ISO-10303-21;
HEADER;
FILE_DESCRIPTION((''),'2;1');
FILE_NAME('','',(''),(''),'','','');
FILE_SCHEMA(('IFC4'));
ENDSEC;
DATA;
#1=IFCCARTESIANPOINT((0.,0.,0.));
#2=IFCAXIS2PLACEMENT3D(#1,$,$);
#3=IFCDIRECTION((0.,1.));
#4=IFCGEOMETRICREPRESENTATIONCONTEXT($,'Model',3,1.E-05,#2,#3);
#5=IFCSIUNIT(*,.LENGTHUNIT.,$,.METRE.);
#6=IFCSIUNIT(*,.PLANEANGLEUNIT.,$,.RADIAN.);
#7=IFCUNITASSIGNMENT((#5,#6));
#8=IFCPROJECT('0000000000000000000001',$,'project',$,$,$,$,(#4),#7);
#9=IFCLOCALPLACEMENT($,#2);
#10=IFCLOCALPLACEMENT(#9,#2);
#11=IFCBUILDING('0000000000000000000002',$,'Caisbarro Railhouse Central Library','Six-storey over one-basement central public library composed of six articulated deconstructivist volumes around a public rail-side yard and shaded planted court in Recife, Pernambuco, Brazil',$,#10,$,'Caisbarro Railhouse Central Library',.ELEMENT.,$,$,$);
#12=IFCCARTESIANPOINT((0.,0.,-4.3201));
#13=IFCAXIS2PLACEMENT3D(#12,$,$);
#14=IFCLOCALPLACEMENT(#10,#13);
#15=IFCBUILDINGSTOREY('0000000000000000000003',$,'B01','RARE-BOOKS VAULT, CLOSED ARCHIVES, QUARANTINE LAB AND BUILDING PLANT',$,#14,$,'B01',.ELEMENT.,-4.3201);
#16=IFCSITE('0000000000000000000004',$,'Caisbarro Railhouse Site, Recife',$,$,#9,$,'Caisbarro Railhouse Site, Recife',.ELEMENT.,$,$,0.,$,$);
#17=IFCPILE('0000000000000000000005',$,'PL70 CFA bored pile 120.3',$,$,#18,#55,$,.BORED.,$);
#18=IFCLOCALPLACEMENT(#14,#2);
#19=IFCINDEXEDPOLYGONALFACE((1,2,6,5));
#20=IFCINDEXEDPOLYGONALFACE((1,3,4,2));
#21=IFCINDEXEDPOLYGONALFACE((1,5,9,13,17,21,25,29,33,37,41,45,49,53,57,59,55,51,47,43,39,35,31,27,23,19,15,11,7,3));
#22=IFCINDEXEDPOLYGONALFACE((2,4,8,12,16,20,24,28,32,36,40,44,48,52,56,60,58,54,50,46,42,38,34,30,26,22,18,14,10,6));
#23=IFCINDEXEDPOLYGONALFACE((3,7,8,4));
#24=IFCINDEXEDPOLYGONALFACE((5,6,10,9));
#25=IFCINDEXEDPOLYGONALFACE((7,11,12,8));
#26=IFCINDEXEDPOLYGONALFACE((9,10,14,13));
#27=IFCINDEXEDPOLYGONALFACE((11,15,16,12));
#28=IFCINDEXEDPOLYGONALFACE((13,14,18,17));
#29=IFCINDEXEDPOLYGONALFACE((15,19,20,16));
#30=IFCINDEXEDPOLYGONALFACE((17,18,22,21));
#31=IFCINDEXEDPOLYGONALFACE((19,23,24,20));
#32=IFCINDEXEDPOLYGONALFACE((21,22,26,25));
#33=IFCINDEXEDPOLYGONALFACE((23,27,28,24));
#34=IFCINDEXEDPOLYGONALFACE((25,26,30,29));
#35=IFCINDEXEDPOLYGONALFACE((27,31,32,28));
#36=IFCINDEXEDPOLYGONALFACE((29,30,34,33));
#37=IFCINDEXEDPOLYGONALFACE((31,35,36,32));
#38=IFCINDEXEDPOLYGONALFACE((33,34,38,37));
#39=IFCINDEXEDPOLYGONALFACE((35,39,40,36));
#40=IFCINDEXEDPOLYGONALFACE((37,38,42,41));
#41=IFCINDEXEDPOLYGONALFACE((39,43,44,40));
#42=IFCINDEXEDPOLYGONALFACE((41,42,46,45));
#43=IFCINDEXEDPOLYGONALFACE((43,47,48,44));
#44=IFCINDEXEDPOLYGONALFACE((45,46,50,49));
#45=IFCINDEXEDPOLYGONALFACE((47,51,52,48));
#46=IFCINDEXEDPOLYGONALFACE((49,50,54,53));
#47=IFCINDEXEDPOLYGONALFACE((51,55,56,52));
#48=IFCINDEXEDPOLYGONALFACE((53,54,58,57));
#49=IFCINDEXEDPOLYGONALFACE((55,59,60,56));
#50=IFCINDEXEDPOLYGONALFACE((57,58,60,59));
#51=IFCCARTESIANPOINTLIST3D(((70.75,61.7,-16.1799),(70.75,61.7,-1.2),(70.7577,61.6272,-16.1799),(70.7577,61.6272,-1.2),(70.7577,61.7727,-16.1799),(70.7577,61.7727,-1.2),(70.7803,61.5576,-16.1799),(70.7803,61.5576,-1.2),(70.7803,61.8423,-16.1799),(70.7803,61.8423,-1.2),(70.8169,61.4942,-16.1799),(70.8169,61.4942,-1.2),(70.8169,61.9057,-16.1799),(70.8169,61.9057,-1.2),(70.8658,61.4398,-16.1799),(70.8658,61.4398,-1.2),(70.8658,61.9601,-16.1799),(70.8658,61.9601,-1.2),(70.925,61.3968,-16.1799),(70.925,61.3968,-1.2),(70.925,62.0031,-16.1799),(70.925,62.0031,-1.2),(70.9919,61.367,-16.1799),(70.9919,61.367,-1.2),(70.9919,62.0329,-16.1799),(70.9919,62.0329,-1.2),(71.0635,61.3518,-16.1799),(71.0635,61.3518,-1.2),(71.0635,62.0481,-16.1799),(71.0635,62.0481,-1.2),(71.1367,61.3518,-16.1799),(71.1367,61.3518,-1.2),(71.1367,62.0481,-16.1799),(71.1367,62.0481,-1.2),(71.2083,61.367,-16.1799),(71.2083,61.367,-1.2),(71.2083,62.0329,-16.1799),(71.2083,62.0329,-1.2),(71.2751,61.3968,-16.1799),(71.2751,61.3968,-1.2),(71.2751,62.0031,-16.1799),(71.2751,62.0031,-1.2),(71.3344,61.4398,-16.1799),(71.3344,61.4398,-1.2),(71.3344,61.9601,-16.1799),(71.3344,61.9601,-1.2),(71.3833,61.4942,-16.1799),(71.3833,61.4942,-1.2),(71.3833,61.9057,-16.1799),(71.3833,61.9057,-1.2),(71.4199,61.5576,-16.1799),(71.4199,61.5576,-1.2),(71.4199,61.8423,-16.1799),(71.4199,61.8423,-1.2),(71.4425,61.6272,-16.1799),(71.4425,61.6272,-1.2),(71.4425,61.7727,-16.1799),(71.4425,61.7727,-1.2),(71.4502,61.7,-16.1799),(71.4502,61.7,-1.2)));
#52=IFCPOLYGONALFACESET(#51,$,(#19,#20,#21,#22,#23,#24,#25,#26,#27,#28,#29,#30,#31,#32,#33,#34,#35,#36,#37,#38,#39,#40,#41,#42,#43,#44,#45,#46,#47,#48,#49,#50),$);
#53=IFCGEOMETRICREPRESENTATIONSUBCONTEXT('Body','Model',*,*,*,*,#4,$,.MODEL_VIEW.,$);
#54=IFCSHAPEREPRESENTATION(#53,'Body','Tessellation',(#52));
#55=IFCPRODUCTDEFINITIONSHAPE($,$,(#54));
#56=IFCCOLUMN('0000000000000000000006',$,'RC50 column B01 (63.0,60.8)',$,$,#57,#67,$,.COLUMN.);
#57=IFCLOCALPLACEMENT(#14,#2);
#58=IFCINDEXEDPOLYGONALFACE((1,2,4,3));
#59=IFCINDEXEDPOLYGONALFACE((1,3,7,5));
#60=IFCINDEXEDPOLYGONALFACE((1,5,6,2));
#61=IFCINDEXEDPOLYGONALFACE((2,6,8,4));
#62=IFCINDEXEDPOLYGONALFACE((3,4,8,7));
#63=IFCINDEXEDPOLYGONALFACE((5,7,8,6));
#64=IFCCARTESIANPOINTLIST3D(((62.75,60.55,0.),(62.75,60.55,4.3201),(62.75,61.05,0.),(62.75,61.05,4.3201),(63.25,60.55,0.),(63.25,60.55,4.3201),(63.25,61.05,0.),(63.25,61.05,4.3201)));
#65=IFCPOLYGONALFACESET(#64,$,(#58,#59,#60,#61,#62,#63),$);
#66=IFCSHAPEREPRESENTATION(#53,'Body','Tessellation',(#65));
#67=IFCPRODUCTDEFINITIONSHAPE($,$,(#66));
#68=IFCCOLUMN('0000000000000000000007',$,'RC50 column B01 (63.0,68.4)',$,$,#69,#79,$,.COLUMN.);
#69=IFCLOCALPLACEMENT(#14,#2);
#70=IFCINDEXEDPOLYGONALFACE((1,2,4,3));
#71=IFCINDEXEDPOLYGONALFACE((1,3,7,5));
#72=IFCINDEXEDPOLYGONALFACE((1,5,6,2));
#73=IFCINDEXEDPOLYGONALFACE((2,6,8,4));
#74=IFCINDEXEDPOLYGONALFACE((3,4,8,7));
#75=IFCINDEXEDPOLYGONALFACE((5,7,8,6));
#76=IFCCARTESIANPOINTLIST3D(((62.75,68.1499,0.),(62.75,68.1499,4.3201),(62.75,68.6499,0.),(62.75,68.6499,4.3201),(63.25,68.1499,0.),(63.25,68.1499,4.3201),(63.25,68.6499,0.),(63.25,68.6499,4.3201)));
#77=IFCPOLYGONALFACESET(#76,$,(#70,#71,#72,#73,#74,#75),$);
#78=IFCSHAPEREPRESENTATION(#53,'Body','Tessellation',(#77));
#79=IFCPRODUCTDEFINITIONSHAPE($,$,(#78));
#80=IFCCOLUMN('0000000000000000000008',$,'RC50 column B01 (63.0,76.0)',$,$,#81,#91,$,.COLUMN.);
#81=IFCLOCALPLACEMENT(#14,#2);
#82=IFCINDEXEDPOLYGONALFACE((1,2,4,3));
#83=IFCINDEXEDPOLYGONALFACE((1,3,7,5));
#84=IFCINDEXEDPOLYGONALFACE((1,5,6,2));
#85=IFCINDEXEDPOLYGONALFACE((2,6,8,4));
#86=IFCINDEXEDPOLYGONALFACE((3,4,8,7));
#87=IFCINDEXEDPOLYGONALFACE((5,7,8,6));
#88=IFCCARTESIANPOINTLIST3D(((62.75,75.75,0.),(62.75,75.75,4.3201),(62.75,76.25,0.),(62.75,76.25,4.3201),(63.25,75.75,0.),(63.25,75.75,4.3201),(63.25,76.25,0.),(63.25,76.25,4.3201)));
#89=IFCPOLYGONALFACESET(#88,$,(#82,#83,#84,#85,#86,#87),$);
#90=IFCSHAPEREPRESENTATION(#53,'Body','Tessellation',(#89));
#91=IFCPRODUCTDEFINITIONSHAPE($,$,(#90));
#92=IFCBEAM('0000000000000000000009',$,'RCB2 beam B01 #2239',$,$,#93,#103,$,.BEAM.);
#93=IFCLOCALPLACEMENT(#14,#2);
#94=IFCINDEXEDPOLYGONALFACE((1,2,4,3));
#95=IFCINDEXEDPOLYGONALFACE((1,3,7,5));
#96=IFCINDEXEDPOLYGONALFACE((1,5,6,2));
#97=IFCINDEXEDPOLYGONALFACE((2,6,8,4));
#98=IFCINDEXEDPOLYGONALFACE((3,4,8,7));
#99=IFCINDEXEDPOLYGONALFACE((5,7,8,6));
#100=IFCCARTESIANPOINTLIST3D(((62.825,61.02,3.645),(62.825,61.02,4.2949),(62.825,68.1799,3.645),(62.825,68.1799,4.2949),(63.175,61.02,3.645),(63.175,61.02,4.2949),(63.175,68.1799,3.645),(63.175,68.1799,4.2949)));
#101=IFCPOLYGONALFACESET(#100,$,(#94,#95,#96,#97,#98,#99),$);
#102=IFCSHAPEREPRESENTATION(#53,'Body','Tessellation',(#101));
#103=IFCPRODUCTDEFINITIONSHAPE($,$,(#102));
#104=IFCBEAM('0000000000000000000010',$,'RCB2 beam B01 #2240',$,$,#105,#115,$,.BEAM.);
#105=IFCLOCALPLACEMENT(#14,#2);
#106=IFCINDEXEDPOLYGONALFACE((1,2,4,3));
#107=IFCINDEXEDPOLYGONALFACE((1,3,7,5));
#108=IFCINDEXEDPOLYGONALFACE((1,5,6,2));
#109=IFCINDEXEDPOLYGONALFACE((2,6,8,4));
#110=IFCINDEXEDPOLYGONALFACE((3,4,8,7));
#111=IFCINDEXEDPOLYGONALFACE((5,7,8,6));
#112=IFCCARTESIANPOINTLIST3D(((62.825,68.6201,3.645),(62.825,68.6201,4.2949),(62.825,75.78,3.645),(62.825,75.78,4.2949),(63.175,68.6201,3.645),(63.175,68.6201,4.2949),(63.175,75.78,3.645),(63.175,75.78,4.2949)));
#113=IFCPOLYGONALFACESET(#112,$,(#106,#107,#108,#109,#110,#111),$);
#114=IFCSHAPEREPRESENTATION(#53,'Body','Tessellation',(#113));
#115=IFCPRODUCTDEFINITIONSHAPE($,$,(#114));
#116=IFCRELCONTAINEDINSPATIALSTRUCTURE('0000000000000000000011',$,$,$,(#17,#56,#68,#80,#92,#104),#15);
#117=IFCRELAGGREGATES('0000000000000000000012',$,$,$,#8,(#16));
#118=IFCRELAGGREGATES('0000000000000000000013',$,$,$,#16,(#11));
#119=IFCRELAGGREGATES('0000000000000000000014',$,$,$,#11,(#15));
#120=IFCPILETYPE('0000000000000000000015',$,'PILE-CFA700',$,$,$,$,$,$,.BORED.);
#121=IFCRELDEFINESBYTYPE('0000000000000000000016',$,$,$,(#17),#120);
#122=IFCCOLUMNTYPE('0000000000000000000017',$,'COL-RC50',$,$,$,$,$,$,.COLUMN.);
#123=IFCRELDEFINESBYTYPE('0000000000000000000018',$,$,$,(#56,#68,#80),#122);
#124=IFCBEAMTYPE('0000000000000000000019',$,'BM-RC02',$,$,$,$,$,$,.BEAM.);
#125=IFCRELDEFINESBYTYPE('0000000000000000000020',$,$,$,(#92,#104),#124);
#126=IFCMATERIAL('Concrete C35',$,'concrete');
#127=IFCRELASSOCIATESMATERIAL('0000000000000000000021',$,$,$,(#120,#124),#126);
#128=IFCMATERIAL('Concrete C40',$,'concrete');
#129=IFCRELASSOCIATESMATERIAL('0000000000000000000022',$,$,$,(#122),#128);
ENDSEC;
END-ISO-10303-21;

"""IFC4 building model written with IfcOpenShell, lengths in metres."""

from ifc_helpers import new_model, si_unit, direction, frame, origin, origin_2d, place, context, subcontext, project, spatial, rectangle, circle, extrude, material, material_profile, profile_set, type_object, element, save


model = new_model("IFC4")

# Units and contexts
model_context = context("Model", 3, precision=1e-05, world=origin(), true_north=direction((0.0, 1.0)))
body_context = subcontext(model_context, "Body", "Model", "MODEL_VIEW")
ifc_project = project(units=[si_unit("LENGTHUNIT", "METRE"), si_unit("PLANEANGLEUNIT", "RADIAN")], contexts=[model_context])

# Site, building, storey
site_placement = place(None, origin())
site = spatial("IfcSite", under=ifc_project, at=site_placement, Name="Caisbarro Railhouse Site, Recife", LongName="Caisbarro Railhouse Site, Recife", CompositionType="ELEMENT", RefElevation=0.0)
building_placement = place(site_placement, origin())
building = spatial("IfcBuilding", under=site, at=building_placement, Name="Caisbarro Railhouse Central Library", Description="Six-storey over one-basement central public library composed of six articulated deconstructivist volumes around a public rail-side yard and shaded planted court in Recife, Pernambuco, Brazil", LongName="Caisbarro Railhouse Central Library", CompositionType="ELEMENT")
storey_placement = place(building_placement, frame((0.0, 0.0, -4.3201)))
storey = spatial("IfcBuildingStorey", under=building, at=storey_placement, Name="B01", Description="RARE-BOOKS VAULT, CLOSED ARCHIVES, QUARANTINE LAB AND BUILDING PLANT", LongName="B01", CompositionType="ELEMENT", Elevation=-4.3201)

# Shared definitions
ifc_material_1 = material(Name="Concrete C35", Category="concrete")
ifc_material_2 = material(Name="Concrete C40", Category="concrete")

# Pile
ifc_material_profile_1 = material_profile(ifc_material_1, circle(Radius=0.3501, at=origin_2d()), Name="PILE-CFA-700")
ifc_profile_set_1 = profile_set([ifc_material_profile_1], Name="Concrete C35")
pile_type_1 = type_object("IfcPileType", Name="PILE-CFA700", PredefinedType="BORED", material=ifc_profile_set_1)
for number, where, z_axis, x_axis, name in (
    (1, (71.1001, 61.7, -1.2), (0.0, 0.0, -1.0), (1.0, 0.0, 0.0), "PL70 CFA bored pile 120.3"),
):
    element("IfcPile", number, at=place(storey_placement, frame(where, z_axis=z_axis, x_axis=x_axis)), inside=storey, type_object=pile_type_1, Name=name, PredefinedType="BORED", context=body_context, shape_type="SweptSolid", body=[
        extrude(circle(Radius=0.3501, at=origin_2d()), origin(), (0.0, 0.0, 1.0), 14.98),
    ])

# Columns
ifc_material_profile_2 = material_profile(ifc_material_2, rectangle(XDim=0.5, YDim=0.5, at=origin_2d()), Name="RC-COL-500X500")
ifc_profile_set_2 = profile_set([ifc_material_profile_2], Name="Concrete C40")
column_type = type_object("IfcColumnType", Name="COL-RC50", PredefinedType="COLUMN", material=ifc_profile_set_2)
for number, where, z_axis, x_axis, name in (
    (2, (63.0, 60.8, 0.0), (0.0, 0.0, 1.0), (1.0, 0.0, 0.0), "RC50 column B01 (63.0,60.8)"),
    (3, (63.0, 68.3999, 0.0), (0.0, 0.0, 1.0), (1.0, 0.0, 0.0), "RC50 column B01 (63.0,68.4)"),
    (4, (63.0, 76.0, 0.0), (0.0, 0.0, 1.0), (1.0, 0.0, 0.0), "RC50 column B01 (63.0,76.0)"),
):
    element("IfcColumn", number, at=place(storey_placement, frame(where, z_axis=z_axis, x_axis=x_axis)), inside=storey, type_object=column_type, Name=name, PredefinedType="COLUMN", context=body_context, shape_type="SweptSolid", body=[
        extrude(rectangle(XDim=0.5, YDim=0.5, at=origin_2d()), origin(), (0.0, 0.0, 1.0), 4.3201),
    ])

# Beams
ifc_material_profile_3 = material_profile(ifc_material_1, rectangle(XDim=0.3501, YDim=0.6499, at=origin_2d()), Name="RC-BM-350X650")
ifc_profile_set_3 = profile_set([ifc_material_profile_3], Name="Concrete C35")
beam_type = type_object("IfcBeamType", Name="BM-RC02", PredefinedType="BEAM", material=ifc_profile_set_3)
for number, where, z_axis, x_axis, name in (
    (5, (63.0, 61.02, 3.97), (0.0, 1.0, 0.0), (-1.0, 0.0, 0.0), "RCB2 beam B01 #2239"),
    (6, (63.0, 68.6201, 3.97), (0.0, 1.0, 0.0), (-1.0, 0.0, 0.0), "RCB2 beam B01 #2240"),
):
    element("IfcBeam", number, at=place(storey_placement, frame(where, z_axis=z_axis, x_axis=x_axis)), inside=storey, type_object=beam_type, Name=name, PredefinedType="BEAM", context=body_context, shape_type="SweptSolid", body=[
        extrude(rectangle(XDim=0.3501, YDim=0.6499, at=origin_2d()), origin(), (0.0, 0.0, 1.0), 7.1599),
    ])

save(model, "model.ifc")
